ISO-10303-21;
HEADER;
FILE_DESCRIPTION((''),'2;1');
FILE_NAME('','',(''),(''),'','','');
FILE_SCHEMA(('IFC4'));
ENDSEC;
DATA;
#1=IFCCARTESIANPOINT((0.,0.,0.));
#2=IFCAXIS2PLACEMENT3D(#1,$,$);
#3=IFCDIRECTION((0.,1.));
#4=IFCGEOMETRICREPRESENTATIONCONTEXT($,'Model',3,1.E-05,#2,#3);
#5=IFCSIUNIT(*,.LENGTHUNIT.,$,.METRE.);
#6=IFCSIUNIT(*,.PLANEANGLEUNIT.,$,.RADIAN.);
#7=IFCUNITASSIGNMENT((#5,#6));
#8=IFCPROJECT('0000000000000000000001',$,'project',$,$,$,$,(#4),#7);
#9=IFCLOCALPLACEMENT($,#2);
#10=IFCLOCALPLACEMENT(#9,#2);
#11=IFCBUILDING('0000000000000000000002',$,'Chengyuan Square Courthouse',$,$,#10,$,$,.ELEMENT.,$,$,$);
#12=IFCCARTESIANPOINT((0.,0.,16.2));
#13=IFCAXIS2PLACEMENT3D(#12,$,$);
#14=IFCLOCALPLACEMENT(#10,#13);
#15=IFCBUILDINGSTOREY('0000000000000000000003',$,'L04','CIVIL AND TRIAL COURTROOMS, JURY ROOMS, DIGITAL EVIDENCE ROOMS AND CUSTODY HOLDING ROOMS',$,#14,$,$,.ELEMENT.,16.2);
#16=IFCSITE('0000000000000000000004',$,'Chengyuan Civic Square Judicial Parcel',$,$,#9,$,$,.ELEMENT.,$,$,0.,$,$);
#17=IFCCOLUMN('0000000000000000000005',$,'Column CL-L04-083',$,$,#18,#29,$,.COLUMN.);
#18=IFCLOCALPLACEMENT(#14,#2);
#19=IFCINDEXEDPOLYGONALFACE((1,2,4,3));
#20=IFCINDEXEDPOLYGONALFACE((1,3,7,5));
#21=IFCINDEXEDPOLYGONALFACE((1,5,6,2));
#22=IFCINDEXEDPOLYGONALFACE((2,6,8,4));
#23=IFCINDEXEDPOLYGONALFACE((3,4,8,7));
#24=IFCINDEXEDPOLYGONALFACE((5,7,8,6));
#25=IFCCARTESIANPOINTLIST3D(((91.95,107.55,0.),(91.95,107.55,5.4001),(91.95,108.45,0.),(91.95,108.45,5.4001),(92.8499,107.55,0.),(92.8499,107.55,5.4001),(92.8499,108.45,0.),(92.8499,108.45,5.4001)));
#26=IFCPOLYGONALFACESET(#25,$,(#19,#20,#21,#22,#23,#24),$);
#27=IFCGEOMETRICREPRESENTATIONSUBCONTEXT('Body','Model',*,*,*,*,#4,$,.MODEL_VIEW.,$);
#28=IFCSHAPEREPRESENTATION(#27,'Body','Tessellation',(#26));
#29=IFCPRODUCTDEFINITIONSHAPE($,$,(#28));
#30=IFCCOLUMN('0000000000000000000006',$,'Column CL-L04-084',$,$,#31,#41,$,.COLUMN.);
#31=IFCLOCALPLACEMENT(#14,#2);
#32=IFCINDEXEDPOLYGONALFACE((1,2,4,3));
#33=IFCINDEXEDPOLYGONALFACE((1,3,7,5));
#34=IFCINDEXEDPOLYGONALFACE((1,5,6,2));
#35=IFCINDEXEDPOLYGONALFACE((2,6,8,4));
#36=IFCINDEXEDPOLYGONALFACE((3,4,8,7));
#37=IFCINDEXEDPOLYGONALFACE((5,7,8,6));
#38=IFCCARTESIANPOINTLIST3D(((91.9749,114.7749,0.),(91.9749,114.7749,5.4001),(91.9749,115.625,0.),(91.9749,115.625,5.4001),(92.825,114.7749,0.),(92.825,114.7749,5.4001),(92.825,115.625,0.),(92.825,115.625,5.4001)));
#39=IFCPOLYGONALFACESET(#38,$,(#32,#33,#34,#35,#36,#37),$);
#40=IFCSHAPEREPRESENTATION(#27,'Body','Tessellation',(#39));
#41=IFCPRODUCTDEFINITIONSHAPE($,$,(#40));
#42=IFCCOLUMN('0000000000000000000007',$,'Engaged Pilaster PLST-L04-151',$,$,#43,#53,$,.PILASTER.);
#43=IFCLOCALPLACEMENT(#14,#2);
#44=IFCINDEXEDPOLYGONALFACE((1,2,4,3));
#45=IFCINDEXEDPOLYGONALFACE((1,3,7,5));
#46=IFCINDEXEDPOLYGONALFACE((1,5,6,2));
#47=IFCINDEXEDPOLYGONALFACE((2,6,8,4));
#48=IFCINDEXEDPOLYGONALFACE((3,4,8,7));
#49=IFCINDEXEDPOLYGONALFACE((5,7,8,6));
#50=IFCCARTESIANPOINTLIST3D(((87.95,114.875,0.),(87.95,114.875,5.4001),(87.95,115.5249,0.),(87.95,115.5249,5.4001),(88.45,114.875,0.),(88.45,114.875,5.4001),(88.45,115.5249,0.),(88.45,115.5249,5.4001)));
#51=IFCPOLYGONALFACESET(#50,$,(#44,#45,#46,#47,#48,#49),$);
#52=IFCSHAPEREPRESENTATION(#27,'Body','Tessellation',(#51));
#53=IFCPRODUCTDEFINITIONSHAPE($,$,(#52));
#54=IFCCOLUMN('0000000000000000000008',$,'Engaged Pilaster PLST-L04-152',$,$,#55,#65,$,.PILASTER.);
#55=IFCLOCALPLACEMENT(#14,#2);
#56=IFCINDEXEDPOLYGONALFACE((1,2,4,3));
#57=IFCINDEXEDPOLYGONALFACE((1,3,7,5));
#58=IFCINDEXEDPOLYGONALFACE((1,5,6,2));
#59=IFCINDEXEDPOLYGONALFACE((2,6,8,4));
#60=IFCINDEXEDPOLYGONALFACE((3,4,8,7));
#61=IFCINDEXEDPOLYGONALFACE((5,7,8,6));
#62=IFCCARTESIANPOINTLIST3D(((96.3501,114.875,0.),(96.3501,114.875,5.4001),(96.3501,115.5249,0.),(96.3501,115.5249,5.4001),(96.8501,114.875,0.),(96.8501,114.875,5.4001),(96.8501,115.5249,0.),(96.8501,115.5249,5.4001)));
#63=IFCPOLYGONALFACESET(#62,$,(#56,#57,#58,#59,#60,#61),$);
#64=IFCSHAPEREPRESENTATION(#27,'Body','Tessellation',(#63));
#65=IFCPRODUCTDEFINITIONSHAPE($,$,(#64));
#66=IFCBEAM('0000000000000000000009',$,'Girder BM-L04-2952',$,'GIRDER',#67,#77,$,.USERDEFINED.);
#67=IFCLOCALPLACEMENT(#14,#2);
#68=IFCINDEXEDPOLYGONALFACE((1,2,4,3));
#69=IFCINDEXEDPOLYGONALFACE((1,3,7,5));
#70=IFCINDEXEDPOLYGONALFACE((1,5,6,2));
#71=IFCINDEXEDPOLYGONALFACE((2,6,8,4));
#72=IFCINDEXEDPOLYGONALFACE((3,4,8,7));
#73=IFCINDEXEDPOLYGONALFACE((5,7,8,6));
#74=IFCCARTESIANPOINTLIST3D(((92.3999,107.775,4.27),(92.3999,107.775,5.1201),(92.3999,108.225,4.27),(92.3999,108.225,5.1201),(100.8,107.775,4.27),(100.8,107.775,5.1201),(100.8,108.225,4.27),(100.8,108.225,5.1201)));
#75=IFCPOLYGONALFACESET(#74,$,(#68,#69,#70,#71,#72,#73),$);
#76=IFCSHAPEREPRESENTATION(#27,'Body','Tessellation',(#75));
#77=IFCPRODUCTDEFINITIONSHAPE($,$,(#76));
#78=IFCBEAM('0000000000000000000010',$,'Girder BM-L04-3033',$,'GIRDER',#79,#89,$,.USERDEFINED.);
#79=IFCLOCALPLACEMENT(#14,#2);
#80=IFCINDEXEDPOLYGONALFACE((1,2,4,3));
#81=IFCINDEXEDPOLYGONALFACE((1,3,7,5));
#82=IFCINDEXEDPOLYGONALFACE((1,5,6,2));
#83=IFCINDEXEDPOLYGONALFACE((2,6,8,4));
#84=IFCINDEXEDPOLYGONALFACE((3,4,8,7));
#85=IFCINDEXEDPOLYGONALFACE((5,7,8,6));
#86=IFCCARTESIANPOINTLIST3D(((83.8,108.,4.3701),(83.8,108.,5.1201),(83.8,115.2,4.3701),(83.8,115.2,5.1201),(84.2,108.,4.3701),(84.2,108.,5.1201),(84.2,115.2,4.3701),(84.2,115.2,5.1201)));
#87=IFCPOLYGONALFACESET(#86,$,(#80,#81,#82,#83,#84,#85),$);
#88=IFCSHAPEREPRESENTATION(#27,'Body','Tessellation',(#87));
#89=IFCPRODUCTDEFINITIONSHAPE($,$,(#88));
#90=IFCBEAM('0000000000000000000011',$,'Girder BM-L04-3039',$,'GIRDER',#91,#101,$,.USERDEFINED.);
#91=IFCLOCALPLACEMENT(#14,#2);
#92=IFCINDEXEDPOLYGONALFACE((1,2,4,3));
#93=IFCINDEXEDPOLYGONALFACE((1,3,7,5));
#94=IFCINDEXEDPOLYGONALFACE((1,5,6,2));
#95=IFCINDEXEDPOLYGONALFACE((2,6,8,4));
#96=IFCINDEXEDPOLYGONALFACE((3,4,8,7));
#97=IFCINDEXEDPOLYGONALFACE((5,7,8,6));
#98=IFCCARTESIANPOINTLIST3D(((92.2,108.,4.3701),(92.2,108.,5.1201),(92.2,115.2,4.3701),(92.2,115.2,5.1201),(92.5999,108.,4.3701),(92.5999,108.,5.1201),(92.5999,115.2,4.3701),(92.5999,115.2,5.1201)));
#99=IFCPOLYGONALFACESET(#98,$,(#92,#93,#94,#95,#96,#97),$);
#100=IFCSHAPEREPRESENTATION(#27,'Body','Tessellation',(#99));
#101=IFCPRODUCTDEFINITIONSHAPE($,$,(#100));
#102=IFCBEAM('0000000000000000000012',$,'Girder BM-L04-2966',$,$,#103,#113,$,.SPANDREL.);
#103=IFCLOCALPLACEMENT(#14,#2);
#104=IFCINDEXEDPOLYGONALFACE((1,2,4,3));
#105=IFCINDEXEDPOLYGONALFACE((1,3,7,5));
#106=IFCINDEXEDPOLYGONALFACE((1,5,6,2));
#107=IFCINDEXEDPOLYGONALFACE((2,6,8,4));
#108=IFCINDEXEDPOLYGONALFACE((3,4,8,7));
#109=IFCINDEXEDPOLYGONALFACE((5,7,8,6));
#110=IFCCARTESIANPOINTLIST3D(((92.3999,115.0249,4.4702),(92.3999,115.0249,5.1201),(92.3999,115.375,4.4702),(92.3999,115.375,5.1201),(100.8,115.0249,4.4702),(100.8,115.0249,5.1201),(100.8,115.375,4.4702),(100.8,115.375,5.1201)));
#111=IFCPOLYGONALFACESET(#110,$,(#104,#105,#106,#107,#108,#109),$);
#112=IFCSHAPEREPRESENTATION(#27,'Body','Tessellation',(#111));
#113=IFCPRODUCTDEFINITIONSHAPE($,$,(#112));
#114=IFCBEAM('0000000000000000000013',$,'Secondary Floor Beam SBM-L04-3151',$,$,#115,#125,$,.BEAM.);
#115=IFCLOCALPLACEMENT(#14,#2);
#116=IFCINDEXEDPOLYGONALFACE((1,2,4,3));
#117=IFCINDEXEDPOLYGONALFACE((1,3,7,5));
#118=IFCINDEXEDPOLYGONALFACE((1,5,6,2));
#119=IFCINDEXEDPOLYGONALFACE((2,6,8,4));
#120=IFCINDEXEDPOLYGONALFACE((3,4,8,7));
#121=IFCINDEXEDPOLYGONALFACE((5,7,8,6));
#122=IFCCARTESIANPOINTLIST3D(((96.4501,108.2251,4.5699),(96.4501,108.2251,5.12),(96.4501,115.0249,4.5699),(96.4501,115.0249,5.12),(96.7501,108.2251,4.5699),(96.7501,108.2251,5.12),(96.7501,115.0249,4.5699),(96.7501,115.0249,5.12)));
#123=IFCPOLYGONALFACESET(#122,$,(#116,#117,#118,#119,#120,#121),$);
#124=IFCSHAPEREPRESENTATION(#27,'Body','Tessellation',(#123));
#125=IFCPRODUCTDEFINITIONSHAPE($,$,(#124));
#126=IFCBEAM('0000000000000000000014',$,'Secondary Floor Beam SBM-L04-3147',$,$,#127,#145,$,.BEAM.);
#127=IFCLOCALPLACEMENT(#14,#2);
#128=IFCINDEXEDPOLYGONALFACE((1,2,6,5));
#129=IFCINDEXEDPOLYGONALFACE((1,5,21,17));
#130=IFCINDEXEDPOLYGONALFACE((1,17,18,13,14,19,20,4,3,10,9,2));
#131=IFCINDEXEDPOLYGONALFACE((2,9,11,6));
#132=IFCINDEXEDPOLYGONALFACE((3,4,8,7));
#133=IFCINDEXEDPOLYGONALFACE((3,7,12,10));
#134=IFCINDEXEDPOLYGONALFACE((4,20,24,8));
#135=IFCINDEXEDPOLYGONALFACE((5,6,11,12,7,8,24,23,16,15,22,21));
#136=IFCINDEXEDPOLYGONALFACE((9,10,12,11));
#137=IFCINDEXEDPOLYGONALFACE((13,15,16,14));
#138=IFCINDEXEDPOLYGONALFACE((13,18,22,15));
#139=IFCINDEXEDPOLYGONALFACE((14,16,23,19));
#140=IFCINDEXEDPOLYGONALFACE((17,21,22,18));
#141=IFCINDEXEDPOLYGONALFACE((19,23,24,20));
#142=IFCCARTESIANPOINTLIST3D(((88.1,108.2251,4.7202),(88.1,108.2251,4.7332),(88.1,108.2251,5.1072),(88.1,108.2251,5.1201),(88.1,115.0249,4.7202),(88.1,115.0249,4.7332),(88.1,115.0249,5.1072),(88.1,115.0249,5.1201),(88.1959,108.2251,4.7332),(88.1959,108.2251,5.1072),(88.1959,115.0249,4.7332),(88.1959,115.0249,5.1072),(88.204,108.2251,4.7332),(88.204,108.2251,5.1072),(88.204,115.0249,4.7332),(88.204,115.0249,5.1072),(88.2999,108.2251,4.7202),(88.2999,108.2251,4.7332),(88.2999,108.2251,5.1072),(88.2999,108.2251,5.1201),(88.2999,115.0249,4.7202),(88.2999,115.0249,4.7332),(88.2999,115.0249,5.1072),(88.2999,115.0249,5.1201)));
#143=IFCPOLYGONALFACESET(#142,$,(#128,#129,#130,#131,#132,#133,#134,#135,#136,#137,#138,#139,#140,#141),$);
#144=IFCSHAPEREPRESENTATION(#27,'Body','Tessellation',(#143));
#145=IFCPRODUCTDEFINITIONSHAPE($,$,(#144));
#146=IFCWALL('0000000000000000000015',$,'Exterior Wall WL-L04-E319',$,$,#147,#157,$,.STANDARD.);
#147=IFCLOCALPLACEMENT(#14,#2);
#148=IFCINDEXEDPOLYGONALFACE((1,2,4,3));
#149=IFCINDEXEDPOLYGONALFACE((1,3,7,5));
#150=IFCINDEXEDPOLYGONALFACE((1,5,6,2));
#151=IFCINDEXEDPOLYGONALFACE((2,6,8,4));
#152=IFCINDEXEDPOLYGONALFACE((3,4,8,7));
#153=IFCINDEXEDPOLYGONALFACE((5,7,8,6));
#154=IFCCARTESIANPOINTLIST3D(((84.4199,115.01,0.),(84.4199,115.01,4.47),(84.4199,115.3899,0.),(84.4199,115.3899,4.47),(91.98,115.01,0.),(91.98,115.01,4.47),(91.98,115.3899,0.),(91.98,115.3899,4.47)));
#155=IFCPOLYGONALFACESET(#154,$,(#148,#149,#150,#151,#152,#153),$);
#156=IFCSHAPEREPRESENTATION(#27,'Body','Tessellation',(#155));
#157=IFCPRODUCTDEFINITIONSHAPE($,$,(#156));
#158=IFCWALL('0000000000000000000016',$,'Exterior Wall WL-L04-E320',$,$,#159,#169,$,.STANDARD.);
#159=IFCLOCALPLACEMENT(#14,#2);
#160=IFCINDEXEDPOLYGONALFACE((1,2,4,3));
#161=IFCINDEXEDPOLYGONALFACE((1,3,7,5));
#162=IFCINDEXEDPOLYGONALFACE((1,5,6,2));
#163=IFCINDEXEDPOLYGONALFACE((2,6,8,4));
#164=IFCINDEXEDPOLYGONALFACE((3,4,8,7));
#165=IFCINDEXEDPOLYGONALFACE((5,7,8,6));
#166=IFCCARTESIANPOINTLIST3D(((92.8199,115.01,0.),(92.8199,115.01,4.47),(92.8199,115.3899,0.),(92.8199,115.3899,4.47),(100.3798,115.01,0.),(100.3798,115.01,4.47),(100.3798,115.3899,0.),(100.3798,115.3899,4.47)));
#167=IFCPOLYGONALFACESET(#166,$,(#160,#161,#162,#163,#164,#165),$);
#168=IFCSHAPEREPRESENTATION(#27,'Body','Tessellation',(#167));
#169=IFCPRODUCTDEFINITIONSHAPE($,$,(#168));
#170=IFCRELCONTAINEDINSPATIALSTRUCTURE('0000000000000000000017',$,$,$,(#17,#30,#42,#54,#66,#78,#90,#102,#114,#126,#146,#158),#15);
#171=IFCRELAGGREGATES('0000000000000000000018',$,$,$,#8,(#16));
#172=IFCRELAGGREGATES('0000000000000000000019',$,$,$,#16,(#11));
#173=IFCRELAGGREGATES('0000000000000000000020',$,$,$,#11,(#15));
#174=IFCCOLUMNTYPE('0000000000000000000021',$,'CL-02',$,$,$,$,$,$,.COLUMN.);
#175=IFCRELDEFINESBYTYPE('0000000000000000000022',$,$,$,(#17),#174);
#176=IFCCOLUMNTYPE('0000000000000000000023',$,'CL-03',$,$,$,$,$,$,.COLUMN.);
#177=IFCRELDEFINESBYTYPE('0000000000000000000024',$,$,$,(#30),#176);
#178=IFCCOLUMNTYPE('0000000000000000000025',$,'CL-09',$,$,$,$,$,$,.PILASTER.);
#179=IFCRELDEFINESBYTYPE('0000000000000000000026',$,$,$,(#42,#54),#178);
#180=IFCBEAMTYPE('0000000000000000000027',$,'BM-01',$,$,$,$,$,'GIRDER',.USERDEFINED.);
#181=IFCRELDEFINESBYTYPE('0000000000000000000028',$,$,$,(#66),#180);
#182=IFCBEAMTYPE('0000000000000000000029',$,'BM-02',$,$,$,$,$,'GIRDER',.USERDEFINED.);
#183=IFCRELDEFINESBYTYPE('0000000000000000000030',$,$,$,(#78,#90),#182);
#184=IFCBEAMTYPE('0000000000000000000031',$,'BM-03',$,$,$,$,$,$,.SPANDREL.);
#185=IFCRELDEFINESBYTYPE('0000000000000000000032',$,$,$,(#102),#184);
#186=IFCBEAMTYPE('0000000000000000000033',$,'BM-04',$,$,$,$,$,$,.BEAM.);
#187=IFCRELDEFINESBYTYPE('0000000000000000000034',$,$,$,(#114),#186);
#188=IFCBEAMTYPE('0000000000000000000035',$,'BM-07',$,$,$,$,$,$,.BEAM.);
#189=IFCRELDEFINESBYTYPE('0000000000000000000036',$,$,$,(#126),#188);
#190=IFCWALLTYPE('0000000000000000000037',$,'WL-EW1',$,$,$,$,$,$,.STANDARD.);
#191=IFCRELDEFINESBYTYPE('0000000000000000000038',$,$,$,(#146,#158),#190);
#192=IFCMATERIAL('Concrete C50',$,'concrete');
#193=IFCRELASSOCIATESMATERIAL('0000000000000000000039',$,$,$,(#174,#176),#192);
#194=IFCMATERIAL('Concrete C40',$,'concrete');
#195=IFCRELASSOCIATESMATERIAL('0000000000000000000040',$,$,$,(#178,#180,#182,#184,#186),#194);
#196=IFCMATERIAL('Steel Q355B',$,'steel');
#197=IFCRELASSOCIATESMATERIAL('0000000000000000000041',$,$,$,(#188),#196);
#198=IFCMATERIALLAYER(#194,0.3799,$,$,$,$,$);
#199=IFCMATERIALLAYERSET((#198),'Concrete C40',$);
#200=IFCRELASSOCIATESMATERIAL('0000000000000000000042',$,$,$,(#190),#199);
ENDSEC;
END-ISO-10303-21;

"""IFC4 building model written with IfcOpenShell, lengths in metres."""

from ifc_helpers import new_model, si_unit, direction, frame, frame_2d, origin, origin_2d, place, context, subcontext, project, spatial, rectangle, i_section, extrude, material, layer, layer_set, material_profile, profile_set, type_object, element, save


model = new_model("IFC4")

# Units and contexts
model_context = context("Model", 3, precision=1e-05, world=origin(), true_north=direction((0.0, 1.0)))
body_context = subcontext(model_context, "Body", "Model", "MODEL_VIEW")
ifc_project = project(units=[si_unit("LENGTHUNIT", "METRE"), si_unit("PLANEANGLEUNIT", "RADIAN")], contexts=[model_context])

# Site, building, storey
site_placement = place(None, origin())
site = spatial("IfcSite", under=ifc_project, at=site_placement, Name="Chengyuan Civic Square Judicial Parcel", CompositionType="ELEMENT", RefElevation=0.0)
building_placement = place(site_placement, origin())
building = spatial("IfcBuilding", under=site, at=building_placement, Name="Chengyuan Square Courthouse", CompositionType="ELEMENT")
storey_placement = place(building_placement, frame((0.0, 0.0, 16.2)))
storey = spatial("IfcBuildingStorey", under=building, at=storey_placement, Name="L04", Description="CIVIL AND TRIAL COURTROOMS, JURY ROOMS, DIGITAL EVIDENCE ROOMS AND CUSTODY HOLDING ROOMS", CompositionType="ELEMENT", Elevation=16.2)

# Columns
ifc_material_1 = material(Name="Concrete C50", Category="concrete")
ifc_material_profile_1 = material_profile(ifc_material_1, rectangle(XDim=0.8999, YDim=0.8999, at=origin_2d()), Name="RC-COL-900x900")
ifc_profile_set_1 = profile_set([ifc_material_profile_1], Name="Concrete C50")
column_type_1 = type_object("IfcColumnType", Name="CL-02", PredefinedType="COLUMN", material=ifc_profile_set_1)
column_1_placement = place(storey_placement, frame((92.3999, 108.0, 0.0), z_axis=(0.0, 0.0, 1.0), x_axis=(1.0, 0.0, 0.0)))
element("IfcColumn", 1, at=column_1_placement, inside=storey, type_object=column_type_1, Name="Column CL-L04-083", PredefinedType="COLUMN", context=body_context, shape_type="SweptSolid", body=[
    extrude(rectangle(XDim=0.8999, YDim=0.8999, at=origin_2d()), origin(), (0.0, 0.0, 1.0), 5.4001),
])
ifc_material_profile_2 = material_profile(ifc_material_1, rectangle(XDim=0.8501, YDim=0.8501, at=origin_2d()), Name="RC-COL-850x850")
ifc_profile_set_2 = profile_set([ifc_material_profile_2], Name="Concrete C50")
column_type_2 = type_object("IfcColumnType", Name="CL-03", PredefinedType="COLUMN", material=ifc_profile_set_2)
column_2_placement = place(storey_placement, frame((92.3999, 115.2, 0.0), z_axis=(0.0, 0.0, 1.0), x_axis=(1.0, 0.0, 0.0)))
element("IfcColumn", 2, at=column_2_placement, inside=storey, type_object=column_type_2, Name="Column CL-L04-084", PredefinedType="COLUMN", context=body_context, shape_type="SweptSolid", body=[
    extrude(rectangle(XDim=0.8501, YDim=0.8501, at=origin_2d()), origin(), (0.0, 0.0, 1.0), 5.4001),
])
ifc_material_2 = material(Name="Concrete C40", Category="concrete")
ifc_material_profile_3 = material_profile(ifc_material_2, rectangle(XDim=0.5, YDim=0.6499, at=origin_2d()), Name="RC-PIL-500x650")
ifc_profile_set_3 = profile_set([ifc_material_profile_3], Name="Concrete C40")
column_type_3 = type_object("IfcColumnType", Name="CL-09", PredefinedType="PILASTER", material=ifc_profile_set_3)
for number, where, z_axis, x_axis, name in (
    (3, (88.2, 115.2, 0.0), (0.0, 0.0, 1.0), (1.0, 0.0, 0.0), "Engaged Pilaster PLST-L04-151"),
    (4, (96.6001, 115.2, 0.0), (0.0, 0.0, 1.0), (1.0, 0.0, 0.0), "Engaged Pilaster PLST-L04-152"),
):
    element("IfcColumn", number, at=place(storey_placement, frame(where, z_axis=z_axis, x_axis=x_axis)), inside=storey, type_object=column_type_3, Name=name, PredefinedType="PILASTER", context=body_context, shape_type="SweptSolid", body=[
        extrude(rectangle(XDim=0.5, YDim=0.6499, at=origin_2d()), origin(), (0.0, 0.0, 1.0), 5.4001),
    ])

# Beams
ifc_material_profile_4 = material_profile(ifc_material_2, rectangle(XDim=0.45, YDim=0.8501, at=origin_2d()), Name="RC-BM-450x850")
ifc_profile_set_4 = profile_set([ifc_material_profile_4], Name="Concrete C40")
beam_type_1 = type_object("IfcBeamType", Name="BM-01", ElementType="GIRDER", PredefinedType="USERDEFINED", material=ifc_profile_set_4)
beam_1_placement = place(storey_placement, frame((92.3999, 108.0, 4.6951), z_axis=(1.0, 0.0, 0.0), x_axis=(0.0, 1.0, 0.0)))
element("IfcBeam", 5, at=beam_1_placement, inside=storey, type_object=beam_type_1, Name="Girder BM-L04-2952", ObjectType="GIRDER", PredefinedType="USERDEFINED", context=body_context, shape_type="SweptSolid", body=[
    extrude(rectangle(XDim=0.45, YDim=0.8501, at=origin_2d()), origin(), (0.0, 0.0, 1.0), 8.4001),
])
ifc_material_profile_5 = material_profile(ifc_material_2, rectangle(XDim=0.3999, YDim=0.75, at=origin_2d()), Name="RC-BM-400x750")
ifc_profile_set_5 = profile_set([ifc_material_profile_5], Name="Concrete C40")
beam_type_2 = type_object("IfcBeamType", Name="BM-02", ElementType="GIRDER", PredefinedType="USERDEFINED", material=ifc_profile_set_5)
for number, where, z_axis, x_axis, name in (
    (6, (84.0, 108.0, 4.7451), (0.0, 1.0, 0.0), (-1.0, 0.0, 0.0), "Girder BM-L04-3033"),
    (7, (92.3999, 108.0, 4.7451), (0.0, 1.0, 0.0), (-1.0, 0.0, 0.0), "Girder BM-L04-3039"),
):
    element("IfcBeam", number, at=place(storey_placement, frame(where, z_axis=z_axis, x_axis=x_axis)), inside=storey, type_object=beam_type_2, Name=name, ObjectType="GIRDER", PredefinedType="USERDEFINED", context=body_context, shape_type="SweptSolid", body=[
        extrude(rectangle(XDim=0.3999, YDim=0.75, at=origin_2d()), origin(), (0.0, 0.0, 1.0), 7.2),
    ])
ifc_material_profile_6 = material_profile(ifc_material_2, rectangle(XDim=0.3501, YDim=0.6499, at=origin_2d()), Name="RC-BM-350x650")
ifc_profile_set_6 = profile_set([ifc_material_profile_6], Name="Concrete C40")
beam_type_3 = type_object("IfcBeamType", Name="BM-03", PredefinedType="SPANDREL", material=ifc_profile_set_6)
beam_2_placement = place(storey_placement, frame((92.3999, 115.2, 4.7952), z_axis=(1.0, 0.0, 0.0), x_axis=(0.0, 1.0, 0.0)))
element("IfcBeam", 8, at=beam_2_placement, inside=storey, type_object=beam_type_3, Name="Girder BM-L04-2966", PredefinedType="SPANDREL", context=body_context, shape_type="SweptSolid", body=[
    extrude(rectangle(XDim=0.3501, YDim=0.6499, at=origin_2d()), origin(), (0.0, 0.0, 1.0), 8.4001),
])
ifc_material_profile_7 = material_profile(ifc_material_2, rectangle(XDim=0.3, YDim=0.55, at=origin_2d()), Name="RC-BM-300x550")
ifc_profile_set_7 = profile_set([ifc_material_profile_7], Name="Concrete C40")
beam_type_4 = type_object("IfcBeamType", Name="BM-04", PredefinedType="BEAM", material=ifc_profile_set_7)
beam_3_placement = place(storey_placement, frame((96.6001, 108.2251, 4.845), z_axis=(0.0, 1.0, 0.0), x_axis=(-1.0, 0.0, 0.0)))
element("IfcBeam", 9, at=beam_3_placement, inside=storey, type_object=beam_type_4, Name="Secondary Floor Beam SBM-L04-3151", PredefinedType="BEAM", context=body_context, shape_type="SweptSolid", body=[
    extrude(rectangle(XDim=0.3, YDim=0.55, at=origin_2d()), origin(), (0.0, 0.0, 1.0), 6.7998),
])
ifc_material_3 = material(Name="Steel Q355B", Category="steel")
ifc_material_profile_8 = material_profile(ifc_material_3, i_section(OverallWidth=0.2, OverallDepth=0.3999, WebThickness=0.0081, FlangeThickness=0.0129, at=origin_2d()), Name="HN 400x200x8x13")
ifc_profile_set_8 = profile_set([ifc_material_profile_8], Name="Steel Q355B")
beam_type_5 = type_object("IfcBeamType", Name="BM-07", PredefinedType="BEAM", material=ifc_profile_set_8)
beam_4_placement = place(storey_placement, frame((88.2, 108.2251, 4.9202), z_axis=(0.0, 1.0, 0.0), x_axis=(-1.0, 0.0, 0.0)))
element("IfcBeam", 10, at=beam_4_placement, inside=storey, type_object=beam_type_5, Name="Secondary Floor Beam SBM-L04-3147", PredefinedType="BEAM", context=body_context, shape_type="SweptSolid", body=[
    extrude(i_section(OverallWidth=0.2, OverallDepth=0.3999, WebThickness=0.0081, FlangeThickness=0.0129, at=origin_2d()), origin(), (0.0, 0.0, 1.0), 6.7998),
])

# Walls
ifc_layer_1 = layer(ifc_material_2, 0.3799)
ifc_layer_set_1 = layer_set([ifc_layer_1], Name="Concrete C40")
wall_type_1 = type_object("IfcWallType", Name="WL-EW1", PredefinedType="STANDARD", material=ifc_layer_set_1)
wall_1_placement = place(storey_placement, frame((84.4199, 115.2, 0.0), z_axis=(0.0, 0.0, 1.0), x_axis=(1.0, 0.0, 0.0)))
element("IfcWall", 11, at=wall_1_placement, inside=storey, type_object=wall_type_1, Name="Exterior Wall WL-L04-E319", PredefinedType="STANDARD", context=body_context, shape_type="SweptSolid", body=[
    extrude(rectangle(XDim=7.5601, YDim=0.3799, at=frame_2d((3.78, 0.0))), origin(), (0.0, 0.0, 1.0), 4.47),
])
wall_2_placement = place(storey_placement, frame((92.8201, 115.2, 0.0), z_axis=(0.0, 0.0, 1.0), x_axis=(1.0, 0.0, 0.0)))
element("IfcWall", 12, at=wall_2_placement, inside=storey, type_object=wall_type_1, Name="Exterior Wall WL-L04-E320", PredefinedType="STANDARD", context=body_context, shape_type="SweptSolid", body=[
    extrude(rectangle(XDim=7.5598, YDim=0.3799, at=frame_2d((3.7798, 0.0))), origin(), (0.0, 0.0, 1.0), 4.47),
])

save(model, "model.ifc")
